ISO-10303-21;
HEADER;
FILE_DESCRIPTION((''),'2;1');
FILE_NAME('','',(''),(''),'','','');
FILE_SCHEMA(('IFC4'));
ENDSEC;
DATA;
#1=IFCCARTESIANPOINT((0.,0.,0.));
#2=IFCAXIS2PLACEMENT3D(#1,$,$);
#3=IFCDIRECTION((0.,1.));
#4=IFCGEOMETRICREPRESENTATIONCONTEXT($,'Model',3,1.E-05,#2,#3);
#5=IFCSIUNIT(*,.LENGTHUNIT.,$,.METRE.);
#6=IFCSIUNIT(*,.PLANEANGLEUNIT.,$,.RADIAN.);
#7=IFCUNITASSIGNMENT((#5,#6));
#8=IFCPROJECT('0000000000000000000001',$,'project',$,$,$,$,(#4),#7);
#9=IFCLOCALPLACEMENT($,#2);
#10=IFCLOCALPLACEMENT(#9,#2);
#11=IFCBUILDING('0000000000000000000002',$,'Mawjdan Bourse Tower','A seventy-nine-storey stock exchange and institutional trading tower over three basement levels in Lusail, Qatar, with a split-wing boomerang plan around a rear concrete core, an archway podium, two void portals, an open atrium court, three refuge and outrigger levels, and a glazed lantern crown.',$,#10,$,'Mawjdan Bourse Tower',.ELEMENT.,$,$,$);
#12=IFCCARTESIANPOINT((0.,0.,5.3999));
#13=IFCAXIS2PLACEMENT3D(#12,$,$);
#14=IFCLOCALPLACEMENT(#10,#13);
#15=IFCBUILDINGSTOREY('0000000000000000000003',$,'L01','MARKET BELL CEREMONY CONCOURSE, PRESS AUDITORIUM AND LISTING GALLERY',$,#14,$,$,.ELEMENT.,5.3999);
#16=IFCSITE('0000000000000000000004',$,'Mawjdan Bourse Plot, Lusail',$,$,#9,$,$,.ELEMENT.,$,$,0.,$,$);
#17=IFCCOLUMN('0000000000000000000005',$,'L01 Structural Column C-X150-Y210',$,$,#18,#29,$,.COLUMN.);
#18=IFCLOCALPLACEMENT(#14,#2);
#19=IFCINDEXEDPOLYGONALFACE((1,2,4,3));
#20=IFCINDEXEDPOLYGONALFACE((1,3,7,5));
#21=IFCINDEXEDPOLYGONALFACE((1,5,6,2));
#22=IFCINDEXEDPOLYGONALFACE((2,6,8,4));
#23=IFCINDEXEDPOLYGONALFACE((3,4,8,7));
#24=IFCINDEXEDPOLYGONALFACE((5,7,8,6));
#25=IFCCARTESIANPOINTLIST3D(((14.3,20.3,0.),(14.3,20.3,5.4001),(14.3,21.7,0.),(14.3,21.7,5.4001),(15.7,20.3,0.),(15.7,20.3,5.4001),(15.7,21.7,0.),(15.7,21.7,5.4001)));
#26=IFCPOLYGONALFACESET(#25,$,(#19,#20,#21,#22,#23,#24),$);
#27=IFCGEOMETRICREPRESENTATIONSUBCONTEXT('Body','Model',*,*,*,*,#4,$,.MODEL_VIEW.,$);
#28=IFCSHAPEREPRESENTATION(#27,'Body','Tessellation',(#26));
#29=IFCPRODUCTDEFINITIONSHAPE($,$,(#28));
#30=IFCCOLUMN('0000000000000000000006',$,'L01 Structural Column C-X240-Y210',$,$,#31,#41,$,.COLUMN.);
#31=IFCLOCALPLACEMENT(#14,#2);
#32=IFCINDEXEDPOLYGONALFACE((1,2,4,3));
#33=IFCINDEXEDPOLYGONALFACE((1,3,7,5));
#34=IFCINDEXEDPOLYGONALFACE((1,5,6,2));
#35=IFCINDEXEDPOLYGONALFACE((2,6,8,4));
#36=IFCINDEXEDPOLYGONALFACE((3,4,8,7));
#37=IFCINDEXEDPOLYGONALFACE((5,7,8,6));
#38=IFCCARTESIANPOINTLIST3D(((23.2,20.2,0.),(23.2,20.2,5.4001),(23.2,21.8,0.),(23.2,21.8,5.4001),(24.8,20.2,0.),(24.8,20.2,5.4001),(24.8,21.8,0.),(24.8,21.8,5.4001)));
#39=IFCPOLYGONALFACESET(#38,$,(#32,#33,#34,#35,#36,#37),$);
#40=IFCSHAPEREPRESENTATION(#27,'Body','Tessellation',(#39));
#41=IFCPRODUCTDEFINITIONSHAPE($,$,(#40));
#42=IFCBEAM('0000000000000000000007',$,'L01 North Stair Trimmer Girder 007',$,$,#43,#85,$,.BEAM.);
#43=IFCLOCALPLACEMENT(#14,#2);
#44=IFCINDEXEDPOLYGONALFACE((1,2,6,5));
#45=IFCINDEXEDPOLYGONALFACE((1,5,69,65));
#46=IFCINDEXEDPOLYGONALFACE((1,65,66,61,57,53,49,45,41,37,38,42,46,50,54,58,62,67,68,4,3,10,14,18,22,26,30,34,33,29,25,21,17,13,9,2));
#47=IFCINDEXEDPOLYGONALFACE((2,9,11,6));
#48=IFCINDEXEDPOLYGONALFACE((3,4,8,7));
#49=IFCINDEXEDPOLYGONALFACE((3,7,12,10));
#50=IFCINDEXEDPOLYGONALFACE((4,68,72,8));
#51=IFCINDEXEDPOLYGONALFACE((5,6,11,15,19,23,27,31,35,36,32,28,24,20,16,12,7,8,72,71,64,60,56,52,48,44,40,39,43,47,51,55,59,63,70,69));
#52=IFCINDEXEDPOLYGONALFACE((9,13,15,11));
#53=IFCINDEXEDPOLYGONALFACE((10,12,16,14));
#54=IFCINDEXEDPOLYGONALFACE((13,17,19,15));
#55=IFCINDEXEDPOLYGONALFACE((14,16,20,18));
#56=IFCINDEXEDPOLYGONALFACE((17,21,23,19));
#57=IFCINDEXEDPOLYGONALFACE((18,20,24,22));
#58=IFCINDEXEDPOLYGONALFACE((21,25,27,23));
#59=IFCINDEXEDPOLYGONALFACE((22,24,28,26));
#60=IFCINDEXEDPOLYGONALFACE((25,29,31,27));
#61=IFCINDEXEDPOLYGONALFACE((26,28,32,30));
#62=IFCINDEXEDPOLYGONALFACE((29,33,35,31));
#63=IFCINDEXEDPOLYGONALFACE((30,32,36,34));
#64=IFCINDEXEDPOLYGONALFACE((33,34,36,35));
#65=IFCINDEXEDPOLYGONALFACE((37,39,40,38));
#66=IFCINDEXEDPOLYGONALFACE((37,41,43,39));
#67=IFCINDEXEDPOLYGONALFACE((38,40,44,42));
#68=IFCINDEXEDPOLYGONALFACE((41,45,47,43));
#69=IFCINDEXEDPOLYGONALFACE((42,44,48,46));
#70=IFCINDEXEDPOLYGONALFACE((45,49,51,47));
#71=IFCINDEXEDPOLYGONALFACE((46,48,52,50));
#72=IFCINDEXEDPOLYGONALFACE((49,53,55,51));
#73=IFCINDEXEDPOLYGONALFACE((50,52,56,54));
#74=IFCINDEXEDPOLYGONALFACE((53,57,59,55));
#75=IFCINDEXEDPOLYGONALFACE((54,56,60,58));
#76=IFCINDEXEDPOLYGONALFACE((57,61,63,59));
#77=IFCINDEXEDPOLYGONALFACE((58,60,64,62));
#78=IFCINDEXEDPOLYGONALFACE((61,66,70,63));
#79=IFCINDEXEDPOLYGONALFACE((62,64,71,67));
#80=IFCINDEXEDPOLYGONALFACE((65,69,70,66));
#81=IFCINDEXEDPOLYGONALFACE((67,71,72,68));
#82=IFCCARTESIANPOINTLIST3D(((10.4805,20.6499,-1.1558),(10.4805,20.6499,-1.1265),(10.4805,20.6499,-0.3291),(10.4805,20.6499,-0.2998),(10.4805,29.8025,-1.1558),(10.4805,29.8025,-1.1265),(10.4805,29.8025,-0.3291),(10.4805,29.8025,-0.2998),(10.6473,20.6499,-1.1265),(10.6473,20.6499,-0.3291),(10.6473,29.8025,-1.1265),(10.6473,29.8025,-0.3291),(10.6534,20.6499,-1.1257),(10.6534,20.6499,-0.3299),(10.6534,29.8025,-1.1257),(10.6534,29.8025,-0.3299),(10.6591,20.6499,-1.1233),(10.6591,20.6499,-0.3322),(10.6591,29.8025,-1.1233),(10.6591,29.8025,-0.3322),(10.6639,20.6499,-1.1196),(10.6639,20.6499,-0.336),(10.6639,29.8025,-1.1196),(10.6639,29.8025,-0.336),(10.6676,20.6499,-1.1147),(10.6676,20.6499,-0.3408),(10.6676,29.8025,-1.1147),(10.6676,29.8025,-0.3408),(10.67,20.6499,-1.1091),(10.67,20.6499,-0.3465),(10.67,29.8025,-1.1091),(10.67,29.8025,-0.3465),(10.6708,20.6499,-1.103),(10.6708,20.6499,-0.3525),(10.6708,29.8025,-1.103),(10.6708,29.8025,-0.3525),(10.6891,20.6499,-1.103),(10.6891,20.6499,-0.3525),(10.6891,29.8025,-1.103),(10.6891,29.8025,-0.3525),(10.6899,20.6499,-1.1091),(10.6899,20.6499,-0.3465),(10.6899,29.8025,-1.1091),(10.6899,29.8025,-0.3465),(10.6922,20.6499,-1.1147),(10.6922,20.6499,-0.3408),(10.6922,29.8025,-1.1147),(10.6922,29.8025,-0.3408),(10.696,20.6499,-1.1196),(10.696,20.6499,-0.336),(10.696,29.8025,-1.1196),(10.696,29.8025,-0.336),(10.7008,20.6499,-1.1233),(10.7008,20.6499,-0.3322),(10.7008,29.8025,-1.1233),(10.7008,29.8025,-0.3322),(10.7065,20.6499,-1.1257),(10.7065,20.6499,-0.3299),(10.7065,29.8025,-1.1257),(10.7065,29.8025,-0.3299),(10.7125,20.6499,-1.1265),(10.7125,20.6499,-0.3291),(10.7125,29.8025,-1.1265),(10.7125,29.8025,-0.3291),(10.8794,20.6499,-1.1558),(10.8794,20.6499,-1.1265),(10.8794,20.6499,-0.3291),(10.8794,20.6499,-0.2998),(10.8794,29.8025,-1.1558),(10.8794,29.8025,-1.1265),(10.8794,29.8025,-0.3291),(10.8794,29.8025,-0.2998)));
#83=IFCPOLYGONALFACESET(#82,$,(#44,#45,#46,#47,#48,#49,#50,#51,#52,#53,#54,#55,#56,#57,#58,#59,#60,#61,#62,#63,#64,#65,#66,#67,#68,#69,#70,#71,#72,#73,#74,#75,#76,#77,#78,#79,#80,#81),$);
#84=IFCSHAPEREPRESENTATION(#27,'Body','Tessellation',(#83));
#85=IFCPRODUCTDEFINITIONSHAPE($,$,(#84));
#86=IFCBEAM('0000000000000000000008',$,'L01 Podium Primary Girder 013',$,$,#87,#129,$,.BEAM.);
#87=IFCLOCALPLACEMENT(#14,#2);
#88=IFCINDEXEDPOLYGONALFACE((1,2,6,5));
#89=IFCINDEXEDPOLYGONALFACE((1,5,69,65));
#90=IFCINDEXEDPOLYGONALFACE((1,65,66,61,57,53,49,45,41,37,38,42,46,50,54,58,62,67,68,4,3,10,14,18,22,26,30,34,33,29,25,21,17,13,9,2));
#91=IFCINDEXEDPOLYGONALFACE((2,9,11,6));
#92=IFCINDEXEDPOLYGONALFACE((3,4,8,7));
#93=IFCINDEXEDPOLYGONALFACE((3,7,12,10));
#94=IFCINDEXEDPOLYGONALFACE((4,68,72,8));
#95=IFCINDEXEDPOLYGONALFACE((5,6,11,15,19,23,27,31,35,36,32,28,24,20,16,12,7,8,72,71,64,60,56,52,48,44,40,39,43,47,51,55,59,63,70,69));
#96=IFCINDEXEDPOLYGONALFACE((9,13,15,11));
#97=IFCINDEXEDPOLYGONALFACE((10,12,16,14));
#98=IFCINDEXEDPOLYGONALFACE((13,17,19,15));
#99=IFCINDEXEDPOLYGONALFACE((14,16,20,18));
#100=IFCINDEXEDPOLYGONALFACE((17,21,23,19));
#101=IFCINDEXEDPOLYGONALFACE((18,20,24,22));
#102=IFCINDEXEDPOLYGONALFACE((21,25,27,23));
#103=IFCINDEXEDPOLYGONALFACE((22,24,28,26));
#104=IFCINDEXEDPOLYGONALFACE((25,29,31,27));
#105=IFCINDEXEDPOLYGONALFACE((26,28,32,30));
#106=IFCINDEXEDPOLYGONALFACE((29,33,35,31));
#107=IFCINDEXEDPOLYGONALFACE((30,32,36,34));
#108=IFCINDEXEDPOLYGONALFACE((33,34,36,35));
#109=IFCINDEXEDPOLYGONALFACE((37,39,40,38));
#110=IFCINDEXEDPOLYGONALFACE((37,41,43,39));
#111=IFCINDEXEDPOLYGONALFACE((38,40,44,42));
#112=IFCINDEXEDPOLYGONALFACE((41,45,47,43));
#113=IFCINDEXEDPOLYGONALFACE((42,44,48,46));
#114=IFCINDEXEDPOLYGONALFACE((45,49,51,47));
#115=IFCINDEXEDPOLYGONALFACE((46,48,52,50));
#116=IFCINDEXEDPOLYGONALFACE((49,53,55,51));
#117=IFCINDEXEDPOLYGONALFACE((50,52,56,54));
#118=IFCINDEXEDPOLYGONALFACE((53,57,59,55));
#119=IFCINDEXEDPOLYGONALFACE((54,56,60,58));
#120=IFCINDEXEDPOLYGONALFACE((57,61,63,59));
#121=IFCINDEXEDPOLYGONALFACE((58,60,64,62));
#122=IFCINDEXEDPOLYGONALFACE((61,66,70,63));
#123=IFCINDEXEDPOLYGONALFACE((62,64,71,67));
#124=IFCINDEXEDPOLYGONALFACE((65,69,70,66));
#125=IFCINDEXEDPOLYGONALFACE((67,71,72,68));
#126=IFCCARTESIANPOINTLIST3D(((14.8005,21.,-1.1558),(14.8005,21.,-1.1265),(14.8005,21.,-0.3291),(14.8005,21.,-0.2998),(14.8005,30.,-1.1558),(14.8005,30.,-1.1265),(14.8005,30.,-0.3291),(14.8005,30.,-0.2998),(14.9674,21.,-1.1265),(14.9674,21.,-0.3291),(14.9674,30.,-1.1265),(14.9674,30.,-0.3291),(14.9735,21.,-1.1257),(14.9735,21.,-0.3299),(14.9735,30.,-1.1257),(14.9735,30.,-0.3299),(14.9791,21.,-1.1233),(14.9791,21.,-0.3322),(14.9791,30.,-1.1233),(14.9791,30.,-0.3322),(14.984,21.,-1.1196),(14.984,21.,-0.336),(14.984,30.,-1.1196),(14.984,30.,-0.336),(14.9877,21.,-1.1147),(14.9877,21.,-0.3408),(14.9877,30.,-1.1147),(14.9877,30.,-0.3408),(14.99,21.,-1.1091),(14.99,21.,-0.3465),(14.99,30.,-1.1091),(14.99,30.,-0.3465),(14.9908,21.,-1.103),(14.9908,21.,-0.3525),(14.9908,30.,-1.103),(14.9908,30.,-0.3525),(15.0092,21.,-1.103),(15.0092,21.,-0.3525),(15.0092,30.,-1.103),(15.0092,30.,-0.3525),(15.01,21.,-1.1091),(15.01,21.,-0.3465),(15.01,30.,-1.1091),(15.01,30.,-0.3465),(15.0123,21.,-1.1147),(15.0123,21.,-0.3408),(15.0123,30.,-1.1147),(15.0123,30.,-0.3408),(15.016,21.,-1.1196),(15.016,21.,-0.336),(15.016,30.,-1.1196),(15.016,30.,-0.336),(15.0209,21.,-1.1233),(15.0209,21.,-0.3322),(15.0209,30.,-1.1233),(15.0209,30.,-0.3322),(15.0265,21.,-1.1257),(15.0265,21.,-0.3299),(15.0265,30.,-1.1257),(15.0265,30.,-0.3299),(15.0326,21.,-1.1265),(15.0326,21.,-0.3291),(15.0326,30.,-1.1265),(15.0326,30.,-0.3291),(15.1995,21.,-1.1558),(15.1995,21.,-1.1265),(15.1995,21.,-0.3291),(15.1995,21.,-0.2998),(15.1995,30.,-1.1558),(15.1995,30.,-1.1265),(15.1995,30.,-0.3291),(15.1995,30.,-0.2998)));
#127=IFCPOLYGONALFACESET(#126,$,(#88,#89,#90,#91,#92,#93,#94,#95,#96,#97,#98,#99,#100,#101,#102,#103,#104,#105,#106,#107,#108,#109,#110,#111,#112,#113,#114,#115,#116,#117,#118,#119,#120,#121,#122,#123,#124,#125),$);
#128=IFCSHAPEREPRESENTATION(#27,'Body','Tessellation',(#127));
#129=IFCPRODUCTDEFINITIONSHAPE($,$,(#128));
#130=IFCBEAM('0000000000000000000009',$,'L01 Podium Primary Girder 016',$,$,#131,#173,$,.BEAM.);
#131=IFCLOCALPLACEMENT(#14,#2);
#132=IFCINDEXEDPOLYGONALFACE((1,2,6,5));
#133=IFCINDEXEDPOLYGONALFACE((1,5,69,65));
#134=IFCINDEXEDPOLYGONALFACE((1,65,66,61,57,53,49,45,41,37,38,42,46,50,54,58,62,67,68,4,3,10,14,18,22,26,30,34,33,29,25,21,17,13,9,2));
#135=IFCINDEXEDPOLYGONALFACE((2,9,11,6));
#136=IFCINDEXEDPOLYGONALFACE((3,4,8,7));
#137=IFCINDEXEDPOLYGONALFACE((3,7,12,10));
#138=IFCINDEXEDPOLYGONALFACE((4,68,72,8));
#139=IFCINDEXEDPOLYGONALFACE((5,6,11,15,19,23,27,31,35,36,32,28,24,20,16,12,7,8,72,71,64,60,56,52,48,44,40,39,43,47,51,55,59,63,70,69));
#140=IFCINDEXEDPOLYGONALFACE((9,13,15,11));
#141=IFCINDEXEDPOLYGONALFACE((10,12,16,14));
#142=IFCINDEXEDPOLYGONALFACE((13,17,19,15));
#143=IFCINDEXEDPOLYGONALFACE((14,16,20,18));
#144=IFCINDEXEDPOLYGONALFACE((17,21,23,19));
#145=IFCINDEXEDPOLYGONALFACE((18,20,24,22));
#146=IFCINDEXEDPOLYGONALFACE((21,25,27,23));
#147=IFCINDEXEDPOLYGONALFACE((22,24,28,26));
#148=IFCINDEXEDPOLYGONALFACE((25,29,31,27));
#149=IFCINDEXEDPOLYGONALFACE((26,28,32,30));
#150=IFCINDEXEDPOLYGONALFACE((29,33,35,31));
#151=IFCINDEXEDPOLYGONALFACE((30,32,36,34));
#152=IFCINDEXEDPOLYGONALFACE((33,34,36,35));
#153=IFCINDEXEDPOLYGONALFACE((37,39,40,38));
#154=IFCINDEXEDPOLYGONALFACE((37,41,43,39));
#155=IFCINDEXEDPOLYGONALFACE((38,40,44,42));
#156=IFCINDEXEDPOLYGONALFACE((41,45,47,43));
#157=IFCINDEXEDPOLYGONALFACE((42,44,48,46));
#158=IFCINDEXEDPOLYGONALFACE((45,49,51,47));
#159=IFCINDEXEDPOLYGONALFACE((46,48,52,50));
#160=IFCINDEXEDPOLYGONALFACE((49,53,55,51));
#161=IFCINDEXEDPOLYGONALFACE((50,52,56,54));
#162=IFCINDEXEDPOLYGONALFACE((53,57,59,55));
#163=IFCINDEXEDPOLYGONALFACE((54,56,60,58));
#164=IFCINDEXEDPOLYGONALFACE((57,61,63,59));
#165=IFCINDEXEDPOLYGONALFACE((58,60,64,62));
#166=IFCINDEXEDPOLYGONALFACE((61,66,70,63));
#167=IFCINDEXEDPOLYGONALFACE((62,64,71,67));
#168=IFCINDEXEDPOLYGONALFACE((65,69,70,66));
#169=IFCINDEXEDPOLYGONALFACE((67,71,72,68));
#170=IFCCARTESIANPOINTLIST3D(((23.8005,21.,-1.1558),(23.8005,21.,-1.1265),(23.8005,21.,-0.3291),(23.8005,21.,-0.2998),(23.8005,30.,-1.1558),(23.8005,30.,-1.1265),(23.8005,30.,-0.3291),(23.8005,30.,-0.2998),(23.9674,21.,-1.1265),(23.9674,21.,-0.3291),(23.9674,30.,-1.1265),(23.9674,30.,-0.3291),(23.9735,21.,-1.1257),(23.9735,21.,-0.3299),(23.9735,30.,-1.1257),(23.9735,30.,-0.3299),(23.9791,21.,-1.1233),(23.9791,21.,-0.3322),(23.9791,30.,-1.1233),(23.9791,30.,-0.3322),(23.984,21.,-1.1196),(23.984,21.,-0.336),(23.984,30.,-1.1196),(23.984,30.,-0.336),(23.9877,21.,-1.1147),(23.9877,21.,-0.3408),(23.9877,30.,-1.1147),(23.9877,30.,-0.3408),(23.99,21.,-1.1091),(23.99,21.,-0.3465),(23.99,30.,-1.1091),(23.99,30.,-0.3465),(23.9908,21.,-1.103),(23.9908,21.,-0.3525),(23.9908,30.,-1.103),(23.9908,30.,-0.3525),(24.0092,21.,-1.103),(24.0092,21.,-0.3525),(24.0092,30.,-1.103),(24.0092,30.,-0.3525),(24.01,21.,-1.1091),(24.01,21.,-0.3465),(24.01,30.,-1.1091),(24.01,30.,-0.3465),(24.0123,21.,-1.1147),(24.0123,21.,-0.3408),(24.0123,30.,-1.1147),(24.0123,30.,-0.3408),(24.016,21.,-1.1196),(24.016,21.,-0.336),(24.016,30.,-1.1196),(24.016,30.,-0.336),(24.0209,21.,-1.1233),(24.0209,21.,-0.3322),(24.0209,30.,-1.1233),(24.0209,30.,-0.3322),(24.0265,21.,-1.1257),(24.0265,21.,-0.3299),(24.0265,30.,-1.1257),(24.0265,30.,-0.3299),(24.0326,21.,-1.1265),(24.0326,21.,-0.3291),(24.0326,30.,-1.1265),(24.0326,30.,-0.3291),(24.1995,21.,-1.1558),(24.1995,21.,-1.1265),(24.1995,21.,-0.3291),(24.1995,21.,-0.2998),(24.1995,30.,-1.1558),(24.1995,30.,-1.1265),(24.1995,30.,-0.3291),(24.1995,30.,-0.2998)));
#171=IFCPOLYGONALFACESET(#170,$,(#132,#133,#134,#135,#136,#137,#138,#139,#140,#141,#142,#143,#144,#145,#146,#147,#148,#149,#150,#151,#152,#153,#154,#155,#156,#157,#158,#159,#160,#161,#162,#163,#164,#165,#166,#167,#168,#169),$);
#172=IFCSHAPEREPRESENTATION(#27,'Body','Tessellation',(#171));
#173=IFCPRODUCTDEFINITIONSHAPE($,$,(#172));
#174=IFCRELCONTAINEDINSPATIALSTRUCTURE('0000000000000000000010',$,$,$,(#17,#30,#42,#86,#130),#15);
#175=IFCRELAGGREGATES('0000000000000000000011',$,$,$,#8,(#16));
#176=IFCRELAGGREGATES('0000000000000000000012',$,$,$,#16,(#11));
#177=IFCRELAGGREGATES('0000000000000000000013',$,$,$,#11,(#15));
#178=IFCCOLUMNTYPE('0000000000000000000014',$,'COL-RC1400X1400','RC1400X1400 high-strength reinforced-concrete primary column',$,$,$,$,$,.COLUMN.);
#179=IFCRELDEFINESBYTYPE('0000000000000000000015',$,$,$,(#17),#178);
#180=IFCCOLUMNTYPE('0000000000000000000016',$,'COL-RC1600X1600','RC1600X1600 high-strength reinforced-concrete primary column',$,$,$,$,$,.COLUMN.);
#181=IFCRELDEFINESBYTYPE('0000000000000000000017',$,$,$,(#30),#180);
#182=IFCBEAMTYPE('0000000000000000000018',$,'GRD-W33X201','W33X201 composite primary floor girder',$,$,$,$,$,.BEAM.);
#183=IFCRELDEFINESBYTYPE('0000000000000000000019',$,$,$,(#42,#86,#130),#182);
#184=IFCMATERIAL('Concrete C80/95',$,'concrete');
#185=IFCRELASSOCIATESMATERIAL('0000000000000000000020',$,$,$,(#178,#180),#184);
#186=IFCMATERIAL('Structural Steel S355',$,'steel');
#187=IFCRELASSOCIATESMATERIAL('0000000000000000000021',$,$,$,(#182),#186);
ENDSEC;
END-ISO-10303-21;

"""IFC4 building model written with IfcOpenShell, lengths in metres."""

from ifc_helpers import new_model, si_unit, direction, frame, origin, origin_2d, place, context, subcontext, project, spatial, rectangle, i_section, extrude, material, material_profile, profile_set, type_object, element, save


model = new_model("IFC4")

# Units and contexts
model_context = context("Model", 3, precision=1e-05, world=origin(), true_north=direction((0.0, 1.0)))
body_context = subcontext(model_context, "Body", "Model", "MODEL_VIEW")
ifc_project = project(units=[si_unit("LENGTHUNIT", "METRE"), si_unit("PLANEANGLEUNIT", "RADIAN")], contexts=[model_context])

# Site, building, storey
site_placement = place(None, origin())
site = spatial("IfcSite", under=ifc_project, at=site_placement, Name="Mawjdan Bourse Plot, Lusail", CompositionType="ELEMENT", RefElevation=0.0)
building_placement = place(site_placement, origin())
building = spatial("IfcBuilding", under=site, at=building_placement, Name="Mawjdan Bourse Tower", Description="A seventy-nine-storey stock exchange and institutional trading tower over three basement levels in Lusail, Qatar, with a split-wing boomerang plan around a rear concrete core, an archway podium, two void portals, an open atrium court, three refuge and outrigger levels, and a glazed lantern crown.", LongName="Mawjdan Bourse Tower", CompositionType="ELEMENT")
storey_placement = place(building_placement, frame((0.0, 0.0, 5.3999)))
storey = spatial("IfcBuildingStorey", under=building, at=storey_placement, Name="L01", Description="MARKET BELL CEREMONY CONCOURSE, PRESS AUDITORIUM AND LISTING GALLERY", CompositionType="ELEMENT", Elevation=5.3999)

# Columns
ifc_material_1 = material(Name="Concrete C80/95", Category="concrete")
ifc_material_profile_1 = material_profile(ifc_material_1, rectangle(XDim=1.3999, YDim=1.3999, at=origin_2d()), Name="RC1400X1400")
ifc_profile_set_1 = profile_set([ifc_material_profile_1], Name="Concrete C80/95")
column_type_1 = type_object("IfcColumnType", Name="COL-RC1400X1400", Description="RC1400X1400 high-strength reinforced-concrete primary column", PredefinedType="COLUMN", material=ifc_profile_set_1)
column_1_placement = place(storey_placement, frame((15.0, 21.0, 0.0), z_axis=(0.0, 0.0, 1.0), x_axis=(1.0, 0.0, 0.0)))
element("IfcColumn", 1, at=column_1_placement, inside=storey, type_object=column_type_1, Name="L01 Structural Column C-X150-Y210", PredefinedType="COLUMN", context=body_context, shape_type="SweptSolid", body=[
    extrude(rectangle(XDim=1.3999, YDim=1.3999, at=origin_2d()), origin(), (0.0, 0.0, 1.0), 5.4001),
])
ifc_material_profile_2 = material_profile(ifc_material_1, rectangle(XDim=1.6001, YDim=1.6001, at=origin_2d()), Name="RC1600X1600")
ifc_profile_set_2 = profile_set([ifc_material_profile_2], Name="Concrete C80/95")
column_type_2 = type_object("IfcColumnType", Name="COL-RC1600X1600", Description="RC1600X1600 high-strength reinforced-concrete primary column", PredefinedType="COLUMN", material=ifc_profile_set_2)
column_2_placement = place(storey_placement, frame((24.0, 21.0, 0.0), z_axis=(0.0, 0.0, 1.0), x_axis=(1.0, 0.0, 0.0)))
element("IfcColumn", 2, at=column_2_placement, inside=storey, type_object=column_type_2, Name="L01 Structural Column C-X240-Y210", PredefinedType="COLUMN", context=body_context, shape_type="SweptSolid", body=[
    extrude(rectangle(XDim=1.6001, YDim=1.6001, at=origin_2d()), origin(), (0.0, 0.0, 1.0), 5.4001),
])

# Beams
ifc_material_2 = material(Name="Structural Steel S355", Category="steel")
ifc_material_profile_3 = material_profile(ifc_material_2, i_section(OverallWidth=0.3989, OverallDepth=0.856, WebThickness=0.0183, FlangeThickness=0.0293, FilletRadius=0.0234, at=origin_2d()), Name="W33X201")
ifc_profile_set_3 = profile_set([ifc_material_profile_3], Name="Structural Steel S355")
beam_type_1 = type_object("IfcBeamType", Name="GRD-W33X201", Description="W33X201 composite primary floor girder", PredefinedType="BEAM", material=ifc_profile_set_3)
beam_1_placement = place(storey_placement, frame((10.6799, 20.6499, -0.7278), z_axis=(0.0, 1.0, 0.0), x_axis=(-1.0, 0.0, 0.0)))
element("IfcBeam", 3, at=beam_1_placement, inside=storey, type_object=beam_type_1, Name="L01 North Stair Trimmer Girder 007", PredefinedType="BEAM", context=body_context, shape_type="SweptSolid", body=[
    extrude(i_section(OverallWidth=0.3989, OverallDepth=0.856, WebThickness=0.0183, FlangeThickness=0.0293, FilletRadius=0.0234, at=origin_2d()), origin(), (0.0, 0.0, 1.0), 9.1526),
])
for number, where, z_axis, x_axis, name in (
    (4, (15.0, 21.0, -0.7278), (0.0, 1.0, 0.0), (-1.0, 0.0, 0.0), "L01 Podium Primary Girder 013"),
    (5, (24.0, 21.0, -0.7278), (0.0, 1.0, 0.0), (-1.0, 0.0, 0.0), "L01 Podium Primary Girder 016"),
):
    element("IfcBeam", number, at=place(storey_placement, frame(where, z_axis=z_axis, x_axis=x_axis)), inside=storey, type_object=beam_type_1, Name=name, PredefinedType="BEAM", context=body_context, shape_type="SweptSolid", body=[
        extrude(i_section(OverallWidth=0.3989, OverallDepth=0.856, WebThickness=0.0183, FlangeThickness=0.0293, FilletRadius=0.0234, at=origin_2d()), origin(), (0.0, 0.0, 1.0), 9.0),
    ])

save(model, "model.ifc")
